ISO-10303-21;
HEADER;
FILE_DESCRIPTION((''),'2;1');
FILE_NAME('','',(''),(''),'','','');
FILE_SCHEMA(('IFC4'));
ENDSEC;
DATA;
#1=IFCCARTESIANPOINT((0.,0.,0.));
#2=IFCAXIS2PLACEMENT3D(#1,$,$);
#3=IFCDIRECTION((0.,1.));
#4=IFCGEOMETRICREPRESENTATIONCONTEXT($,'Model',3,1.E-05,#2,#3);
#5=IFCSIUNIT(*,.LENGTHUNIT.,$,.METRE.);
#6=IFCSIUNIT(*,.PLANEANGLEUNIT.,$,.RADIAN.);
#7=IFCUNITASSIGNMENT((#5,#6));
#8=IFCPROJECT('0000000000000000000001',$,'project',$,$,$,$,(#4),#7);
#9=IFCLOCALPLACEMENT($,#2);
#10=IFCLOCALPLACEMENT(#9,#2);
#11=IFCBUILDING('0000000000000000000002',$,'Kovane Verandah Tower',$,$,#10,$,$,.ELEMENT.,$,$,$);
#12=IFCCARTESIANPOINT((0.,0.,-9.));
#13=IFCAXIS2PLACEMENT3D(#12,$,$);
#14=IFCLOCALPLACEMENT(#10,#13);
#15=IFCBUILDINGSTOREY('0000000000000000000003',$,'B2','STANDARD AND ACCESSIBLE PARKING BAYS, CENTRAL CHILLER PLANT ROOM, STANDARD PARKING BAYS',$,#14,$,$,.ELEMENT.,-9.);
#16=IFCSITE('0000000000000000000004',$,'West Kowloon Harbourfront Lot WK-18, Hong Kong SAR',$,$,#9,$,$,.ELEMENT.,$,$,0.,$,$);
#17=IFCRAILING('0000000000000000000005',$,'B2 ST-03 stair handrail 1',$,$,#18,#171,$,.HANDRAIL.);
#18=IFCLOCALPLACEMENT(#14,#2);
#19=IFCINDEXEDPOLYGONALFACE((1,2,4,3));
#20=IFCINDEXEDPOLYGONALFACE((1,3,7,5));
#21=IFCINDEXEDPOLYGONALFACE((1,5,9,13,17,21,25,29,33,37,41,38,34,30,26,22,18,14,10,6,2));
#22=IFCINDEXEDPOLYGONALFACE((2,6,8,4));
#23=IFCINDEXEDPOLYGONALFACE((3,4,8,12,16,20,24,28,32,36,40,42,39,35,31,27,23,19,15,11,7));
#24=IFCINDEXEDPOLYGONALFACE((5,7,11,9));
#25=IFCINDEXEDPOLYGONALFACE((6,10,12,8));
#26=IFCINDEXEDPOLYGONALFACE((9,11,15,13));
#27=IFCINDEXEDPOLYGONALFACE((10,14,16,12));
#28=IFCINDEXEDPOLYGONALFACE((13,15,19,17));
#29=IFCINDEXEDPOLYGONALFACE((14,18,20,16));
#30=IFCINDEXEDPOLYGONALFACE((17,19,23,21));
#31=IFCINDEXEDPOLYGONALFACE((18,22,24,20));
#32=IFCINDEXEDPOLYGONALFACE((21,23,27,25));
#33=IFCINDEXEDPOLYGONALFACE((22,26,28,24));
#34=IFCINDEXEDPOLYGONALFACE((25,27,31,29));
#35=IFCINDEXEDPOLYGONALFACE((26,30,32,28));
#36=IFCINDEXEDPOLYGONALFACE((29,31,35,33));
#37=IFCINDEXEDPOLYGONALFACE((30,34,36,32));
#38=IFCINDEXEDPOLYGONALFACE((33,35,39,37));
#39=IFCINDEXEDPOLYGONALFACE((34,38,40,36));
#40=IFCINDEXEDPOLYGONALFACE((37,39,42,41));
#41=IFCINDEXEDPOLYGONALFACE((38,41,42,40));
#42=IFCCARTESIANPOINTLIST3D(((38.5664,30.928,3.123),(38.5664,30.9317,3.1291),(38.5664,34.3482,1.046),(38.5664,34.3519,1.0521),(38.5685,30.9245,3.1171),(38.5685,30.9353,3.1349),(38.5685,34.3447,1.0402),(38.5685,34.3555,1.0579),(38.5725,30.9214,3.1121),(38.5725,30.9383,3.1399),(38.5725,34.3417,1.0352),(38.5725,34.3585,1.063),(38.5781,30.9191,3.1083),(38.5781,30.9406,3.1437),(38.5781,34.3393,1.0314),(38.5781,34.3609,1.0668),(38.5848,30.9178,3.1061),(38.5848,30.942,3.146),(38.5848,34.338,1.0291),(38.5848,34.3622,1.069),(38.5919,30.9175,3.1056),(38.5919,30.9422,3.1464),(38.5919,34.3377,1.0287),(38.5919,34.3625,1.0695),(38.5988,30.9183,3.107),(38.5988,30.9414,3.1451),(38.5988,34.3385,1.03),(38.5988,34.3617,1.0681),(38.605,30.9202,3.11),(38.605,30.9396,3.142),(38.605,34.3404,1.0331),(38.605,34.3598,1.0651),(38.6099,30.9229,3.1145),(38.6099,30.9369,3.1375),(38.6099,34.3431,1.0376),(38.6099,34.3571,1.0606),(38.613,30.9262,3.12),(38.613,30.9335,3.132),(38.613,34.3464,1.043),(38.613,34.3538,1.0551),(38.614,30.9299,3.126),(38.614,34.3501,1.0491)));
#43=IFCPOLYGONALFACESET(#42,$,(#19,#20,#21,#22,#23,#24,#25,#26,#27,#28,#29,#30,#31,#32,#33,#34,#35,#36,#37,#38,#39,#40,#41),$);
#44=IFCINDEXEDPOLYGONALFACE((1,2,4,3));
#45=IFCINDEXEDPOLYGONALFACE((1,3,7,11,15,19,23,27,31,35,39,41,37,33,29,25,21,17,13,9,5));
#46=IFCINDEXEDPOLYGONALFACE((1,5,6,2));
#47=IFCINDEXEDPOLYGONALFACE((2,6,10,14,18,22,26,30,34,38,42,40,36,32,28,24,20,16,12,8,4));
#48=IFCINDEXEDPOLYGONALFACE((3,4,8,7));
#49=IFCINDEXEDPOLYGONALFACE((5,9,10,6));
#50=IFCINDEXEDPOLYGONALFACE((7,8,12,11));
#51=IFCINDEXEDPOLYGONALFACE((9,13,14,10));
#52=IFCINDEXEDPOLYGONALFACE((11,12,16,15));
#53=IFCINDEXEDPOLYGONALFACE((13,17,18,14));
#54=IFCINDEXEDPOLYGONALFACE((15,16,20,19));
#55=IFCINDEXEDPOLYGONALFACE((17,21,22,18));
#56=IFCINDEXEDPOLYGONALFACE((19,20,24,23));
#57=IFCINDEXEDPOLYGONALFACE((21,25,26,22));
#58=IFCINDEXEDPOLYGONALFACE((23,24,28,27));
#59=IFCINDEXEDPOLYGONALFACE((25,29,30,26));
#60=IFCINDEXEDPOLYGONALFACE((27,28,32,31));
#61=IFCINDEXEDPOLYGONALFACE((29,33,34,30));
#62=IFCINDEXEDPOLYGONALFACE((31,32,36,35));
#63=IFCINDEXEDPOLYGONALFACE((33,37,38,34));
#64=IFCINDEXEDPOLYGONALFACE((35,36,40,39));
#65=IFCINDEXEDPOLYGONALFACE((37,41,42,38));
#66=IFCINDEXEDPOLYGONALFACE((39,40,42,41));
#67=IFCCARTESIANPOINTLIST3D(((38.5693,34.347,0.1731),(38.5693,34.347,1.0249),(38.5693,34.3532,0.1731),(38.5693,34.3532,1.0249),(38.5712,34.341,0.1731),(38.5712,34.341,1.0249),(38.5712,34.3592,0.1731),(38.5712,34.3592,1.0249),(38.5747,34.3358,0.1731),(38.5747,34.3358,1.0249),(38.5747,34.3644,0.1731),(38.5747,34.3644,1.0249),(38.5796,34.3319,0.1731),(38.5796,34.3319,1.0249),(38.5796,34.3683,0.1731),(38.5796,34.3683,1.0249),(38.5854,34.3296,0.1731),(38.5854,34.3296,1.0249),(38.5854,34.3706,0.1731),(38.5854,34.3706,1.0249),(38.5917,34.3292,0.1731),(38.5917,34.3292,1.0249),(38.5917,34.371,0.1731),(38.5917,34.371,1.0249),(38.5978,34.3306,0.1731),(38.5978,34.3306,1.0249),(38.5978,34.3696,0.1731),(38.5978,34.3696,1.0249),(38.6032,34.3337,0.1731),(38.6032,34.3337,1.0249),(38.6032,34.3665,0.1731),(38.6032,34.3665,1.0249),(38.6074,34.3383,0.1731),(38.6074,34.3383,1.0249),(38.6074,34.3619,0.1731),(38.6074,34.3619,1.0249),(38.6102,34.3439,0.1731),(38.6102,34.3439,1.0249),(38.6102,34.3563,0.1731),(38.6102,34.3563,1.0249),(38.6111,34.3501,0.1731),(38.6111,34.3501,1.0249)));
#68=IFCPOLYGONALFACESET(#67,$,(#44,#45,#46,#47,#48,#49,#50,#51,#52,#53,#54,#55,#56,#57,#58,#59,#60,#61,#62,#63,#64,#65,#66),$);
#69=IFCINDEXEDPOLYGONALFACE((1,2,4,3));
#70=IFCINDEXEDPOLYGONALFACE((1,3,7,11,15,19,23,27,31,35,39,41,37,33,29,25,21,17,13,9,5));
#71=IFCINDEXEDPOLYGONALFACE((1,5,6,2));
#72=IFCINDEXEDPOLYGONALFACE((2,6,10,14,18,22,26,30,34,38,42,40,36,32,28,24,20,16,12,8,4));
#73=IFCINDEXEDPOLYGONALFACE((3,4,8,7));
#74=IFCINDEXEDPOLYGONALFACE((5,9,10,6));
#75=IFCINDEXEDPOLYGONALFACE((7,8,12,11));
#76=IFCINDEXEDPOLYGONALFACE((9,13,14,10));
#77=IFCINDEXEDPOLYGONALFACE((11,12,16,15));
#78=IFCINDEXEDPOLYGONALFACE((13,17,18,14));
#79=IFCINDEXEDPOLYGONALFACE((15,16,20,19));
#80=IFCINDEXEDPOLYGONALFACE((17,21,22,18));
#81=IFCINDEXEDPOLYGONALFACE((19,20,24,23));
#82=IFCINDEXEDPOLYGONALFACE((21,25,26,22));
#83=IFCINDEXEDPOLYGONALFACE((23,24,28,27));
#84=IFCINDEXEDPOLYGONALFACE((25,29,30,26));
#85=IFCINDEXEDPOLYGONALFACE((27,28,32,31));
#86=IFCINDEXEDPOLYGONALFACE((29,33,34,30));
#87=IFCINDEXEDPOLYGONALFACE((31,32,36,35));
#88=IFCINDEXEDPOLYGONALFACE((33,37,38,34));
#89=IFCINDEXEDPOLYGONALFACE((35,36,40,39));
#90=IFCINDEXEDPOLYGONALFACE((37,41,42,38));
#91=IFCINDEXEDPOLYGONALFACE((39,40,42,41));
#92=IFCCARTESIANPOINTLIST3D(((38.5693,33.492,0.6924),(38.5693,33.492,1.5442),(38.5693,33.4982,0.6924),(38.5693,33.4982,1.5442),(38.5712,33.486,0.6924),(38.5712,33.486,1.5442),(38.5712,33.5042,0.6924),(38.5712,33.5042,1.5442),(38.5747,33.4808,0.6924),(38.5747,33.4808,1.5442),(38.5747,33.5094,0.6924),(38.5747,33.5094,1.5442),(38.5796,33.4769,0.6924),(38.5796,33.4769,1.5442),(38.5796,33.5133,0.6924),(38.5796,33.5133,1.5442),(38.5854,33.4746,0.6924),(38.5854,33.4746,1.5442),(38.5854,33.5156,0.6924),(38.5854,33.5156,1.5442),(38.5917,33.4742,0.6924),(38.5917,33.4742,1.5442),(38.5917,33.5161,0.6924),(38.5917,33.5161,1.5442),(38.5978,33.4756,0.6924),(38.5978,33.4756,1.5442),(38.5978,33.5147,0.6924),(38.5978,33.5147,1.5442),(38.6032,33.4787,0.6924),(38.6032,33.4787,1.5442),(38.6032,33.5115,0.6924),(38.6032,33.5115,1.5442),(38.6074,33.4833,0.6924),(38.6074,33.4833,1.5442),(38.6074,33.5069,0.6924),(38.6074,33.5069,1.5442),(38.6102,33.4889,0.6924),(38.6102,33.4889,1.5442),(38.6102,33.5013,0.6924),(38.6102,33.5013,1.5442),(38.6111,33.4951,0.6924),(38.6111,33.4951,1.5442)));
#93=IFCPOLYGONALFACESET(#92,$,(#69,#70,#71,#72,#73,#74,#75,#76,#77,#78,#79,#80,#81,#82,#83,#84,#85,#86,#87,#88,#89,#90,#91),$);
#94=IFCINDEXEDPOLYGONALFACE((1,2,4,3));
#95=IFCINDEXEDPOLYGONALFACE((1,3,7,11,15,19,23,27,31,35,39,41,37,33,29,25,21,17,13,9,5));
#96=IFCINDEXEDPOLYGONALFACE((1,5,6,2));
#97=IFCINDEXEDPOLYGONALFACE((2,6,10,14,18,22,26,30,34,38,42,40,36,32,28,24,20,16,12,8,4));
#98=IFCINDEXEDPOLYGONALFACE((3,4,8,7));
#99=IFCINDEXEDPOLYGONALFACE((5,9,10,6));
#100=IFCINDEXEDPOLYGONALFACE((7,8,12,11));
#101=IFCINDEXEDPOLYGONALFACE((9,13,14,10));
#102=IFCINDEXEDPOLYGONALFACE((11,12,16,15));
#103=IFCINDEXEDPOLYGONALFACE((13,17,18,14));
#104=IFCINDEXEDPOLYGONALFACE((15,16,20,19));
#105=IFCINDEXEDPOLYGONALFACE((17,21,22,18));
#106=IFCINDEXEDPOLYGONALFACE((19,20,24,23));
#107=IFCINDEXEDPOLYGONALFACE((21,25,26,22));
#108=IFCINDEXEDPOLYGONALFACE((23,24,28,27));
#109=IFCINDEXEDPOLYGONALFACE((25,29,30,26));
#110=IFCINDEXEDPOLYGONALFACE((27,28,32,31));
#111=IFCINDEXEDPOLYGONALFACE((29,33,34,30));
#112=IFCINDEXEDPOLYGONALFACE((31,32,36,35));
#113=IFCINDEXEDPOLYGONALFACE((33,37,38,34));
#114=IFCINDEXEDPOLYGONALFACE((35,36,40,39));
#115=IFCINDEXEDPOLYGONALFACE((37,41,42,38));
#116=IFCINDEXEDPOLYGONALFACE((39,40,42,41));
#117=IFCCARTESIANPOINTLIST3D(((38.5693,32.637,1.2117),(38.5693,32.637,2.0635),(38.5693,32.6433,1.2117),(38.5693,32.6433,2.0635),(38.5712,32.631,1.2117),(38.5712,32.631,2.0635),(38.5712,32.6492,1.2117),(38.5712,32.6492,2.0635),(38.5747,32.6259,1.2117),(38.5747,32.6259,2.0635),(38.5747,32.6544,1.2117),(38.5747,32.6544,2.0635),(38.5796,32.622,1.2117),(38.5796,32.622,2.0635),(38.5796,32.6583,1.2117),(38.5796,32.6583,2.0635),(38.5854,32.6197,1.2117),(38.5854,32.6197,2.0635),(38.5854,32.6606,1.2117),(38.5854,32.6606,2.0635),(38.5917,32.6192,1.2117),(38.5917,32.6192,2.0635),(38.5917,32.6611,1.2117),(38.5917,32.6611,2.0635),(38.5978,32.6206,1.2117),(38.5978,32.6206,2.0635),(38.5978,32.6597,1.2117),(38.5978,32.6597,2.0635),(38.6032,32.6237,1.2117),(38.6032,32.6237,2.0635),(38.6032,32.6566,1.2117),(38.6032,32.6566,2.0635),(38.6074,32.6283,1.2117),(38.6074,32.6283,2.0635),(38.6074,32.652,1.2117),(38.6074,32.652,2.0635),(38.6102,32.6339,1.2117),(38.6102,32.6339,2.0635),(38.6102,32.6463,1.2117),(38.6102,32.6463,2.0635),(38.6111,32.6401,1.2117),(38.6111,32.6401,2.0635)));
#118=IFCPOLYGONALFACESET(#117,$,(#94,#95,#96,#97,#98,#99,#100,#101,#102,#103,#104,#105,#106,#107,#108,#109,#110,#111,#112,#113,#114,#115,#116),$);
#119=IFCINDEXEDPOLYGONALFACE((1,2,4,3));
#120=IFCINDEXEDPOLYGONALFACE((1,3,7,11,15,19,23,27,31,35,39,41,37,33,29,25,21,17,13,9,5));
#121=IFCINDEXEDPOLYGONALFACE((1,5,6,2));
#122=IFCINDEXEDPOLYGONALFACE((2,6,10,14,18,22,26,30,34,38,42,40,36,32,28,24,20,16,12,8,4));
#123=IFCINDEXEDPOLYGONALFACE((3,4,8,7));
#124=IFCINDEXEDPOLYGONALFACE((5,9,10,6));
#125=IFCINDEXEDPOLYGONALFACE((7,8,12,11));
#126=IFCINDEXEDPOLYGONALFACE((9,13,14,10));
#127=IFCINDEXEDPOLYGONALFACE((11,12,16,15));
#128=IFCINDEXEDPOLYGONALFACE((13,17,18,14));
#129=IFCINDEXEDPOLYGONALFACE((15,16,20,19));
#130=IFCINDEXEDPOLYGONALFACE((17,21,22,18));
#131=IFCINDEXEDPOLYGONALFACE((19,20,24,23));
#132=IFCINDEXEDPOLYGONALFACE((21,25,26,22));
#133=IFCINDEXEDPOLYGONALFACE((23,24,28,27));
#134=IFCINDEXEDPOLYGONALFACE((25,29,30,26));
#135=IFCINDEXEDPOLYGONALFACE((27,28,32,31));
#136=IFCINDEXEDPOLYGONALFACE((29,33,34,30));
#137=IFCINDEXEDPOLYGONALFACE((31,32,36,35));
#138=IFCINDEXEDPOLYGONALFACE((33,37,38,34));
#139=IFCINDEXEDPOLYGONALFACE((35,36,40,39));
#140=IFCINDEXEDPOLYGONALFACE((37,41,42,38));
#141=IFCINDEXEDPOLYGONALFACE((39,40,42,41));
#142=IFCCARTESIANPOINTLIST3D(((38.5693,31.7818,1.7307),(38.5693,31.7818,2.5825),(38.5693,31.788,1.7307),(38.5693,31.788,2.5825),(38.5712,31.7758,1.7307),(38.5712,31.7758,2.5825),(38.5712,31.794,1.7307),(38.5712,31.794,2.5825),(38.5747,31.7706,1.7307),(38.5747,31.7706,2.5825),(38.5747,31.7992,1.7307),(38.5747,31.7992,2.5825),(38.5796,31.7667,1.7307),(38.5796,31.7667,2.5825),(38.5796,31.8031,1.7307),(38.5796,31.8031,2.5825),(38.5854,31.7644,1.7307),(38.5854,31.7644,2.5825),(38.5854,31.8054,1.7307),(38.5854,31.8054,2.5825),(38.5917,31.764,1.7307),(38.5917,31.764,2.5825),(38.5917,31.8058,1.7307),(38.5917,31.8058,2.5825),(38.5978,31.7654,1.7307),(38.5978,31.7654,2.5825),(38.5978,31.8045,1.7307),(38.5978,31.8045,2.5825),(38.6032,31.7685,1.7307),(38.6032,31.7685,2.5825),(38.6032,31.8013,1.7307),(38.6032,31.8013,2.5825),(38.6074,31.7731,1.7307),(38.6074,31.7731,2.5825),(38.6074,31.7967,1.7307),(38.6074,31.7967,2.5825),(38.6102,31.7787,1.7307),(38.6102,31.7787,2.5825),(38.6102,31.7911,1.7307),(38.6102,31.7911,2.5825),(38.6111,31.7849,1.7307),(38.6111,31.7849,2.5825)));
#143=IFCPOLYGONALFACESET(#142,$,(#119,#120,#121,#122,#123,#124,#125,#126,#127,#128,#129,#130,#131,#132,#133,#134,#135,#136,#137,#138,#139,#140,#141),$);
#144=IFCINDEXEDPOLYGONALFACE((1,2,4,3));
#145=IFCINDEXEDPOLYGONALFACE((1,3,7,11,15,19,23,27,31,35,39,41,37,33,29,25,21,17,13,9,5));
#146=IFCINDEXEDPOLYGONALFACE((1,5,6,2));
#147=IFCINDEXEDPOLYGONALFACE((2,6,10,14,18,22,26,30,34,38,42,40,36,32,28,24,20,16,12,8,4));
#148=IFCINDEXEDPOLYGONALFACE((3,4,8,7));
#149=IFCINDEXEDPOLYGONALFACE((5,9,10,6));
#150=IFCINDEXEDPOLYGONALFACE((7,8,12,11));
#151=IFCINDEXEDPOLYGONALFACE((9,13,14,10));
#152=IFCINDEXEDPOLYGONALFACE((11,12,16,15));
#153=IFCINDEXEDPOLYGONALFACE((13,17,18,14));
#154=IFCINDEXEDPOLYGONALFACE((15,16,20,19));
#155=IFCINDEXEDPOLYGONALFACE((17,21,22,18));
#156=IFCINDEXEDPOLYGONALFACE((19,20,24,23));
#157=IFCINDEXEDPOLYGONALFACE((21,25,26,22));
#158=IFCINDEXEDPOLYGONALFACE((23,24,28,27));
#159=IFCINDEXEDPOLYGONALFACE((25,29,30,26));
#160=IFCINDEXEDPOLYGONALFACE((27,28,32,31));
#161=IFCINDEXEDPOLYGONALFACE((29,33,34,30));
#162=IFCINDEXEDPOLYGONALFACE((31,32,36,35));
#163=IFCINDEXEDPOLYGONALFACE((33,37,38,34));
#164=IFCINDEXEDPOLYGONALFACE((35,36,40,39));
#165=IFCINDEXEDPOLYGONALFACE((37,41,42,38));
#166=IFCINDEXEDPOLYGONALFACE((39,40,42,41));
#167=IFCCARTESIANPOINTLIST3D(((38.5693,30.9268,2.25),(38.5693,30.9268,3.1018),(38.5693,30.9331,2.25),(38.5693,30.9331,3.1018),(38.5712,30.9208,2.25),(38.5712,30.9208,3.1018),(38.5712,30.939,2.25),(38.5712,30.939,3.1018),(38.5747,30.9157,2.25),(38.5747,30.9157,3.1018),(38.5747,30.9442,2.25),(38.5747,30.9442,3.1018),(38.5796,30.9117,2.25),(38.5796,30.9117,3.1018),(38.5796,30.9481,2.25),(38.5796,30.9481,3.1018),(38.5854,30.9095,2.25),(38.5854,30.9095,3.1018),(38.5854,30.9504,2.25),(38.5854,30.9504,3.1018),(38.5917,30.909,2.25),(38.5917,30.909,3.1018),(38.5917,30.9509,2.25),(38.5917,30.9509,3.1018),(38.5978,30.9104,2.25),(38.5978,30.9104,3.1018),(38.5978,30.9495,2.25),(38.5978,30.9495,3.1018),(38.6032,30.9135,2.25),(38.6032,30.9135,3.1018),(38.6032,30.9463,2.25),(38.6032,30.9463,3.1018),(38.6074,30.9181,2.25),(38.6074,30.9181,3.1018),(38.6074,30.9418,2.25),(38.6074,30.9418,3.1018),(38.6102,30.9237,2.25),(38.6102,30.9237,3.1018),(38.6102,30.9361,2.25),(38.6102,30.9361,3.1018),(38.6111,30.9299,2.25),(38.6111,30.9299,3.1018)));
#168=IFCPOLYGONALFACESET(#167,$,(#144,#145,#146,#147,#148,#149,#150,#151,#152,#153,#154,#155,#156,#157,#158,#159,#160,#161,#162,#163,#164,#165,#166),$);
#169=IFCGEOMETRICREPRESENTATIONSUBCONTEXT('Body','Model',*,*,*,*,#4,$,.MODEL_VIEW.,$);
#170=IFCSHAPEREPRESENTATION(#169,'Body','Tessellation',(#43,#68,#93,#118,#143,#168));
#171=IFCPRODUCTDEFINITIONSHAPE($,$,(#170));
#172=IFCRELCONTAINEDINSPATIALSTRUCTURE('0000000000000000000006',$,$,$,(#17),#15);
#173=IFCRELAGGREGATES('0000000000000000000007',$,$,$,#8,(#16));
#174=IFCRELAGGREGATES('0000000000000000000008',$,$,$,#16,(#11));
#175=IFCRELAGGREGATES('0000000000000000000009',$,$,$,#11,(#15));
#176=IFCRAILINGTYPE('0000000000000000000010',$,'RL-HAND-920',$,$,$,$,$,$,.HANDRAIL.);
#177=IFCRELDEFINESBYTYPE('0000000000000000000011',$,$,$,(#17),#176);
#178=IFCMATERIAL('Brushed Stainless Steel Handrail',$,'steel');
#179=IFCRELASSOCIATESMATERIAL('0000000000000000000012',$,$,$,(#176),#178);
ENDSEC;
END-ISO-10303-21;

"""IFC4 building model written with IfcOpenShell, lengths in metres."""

from ifc_helpers import new_model, si_unit, direction, frame, origin, origin_2d, place, context, subcontext, project, spatial, circle, extrude, material, type_object, element, save


model = new_model("IFC4")

# Units and contexts
model_context = context("Model", 3, precision=1e-05, world=origin(), true_north=direction((0.0, 1.0)))
body_context = subcontext(model_context, "Body", "Model", "MODEL_VIEW")
ifc_project = project(units=[si_unit("LENGTHUNIT", "METRE"), si_unit("PLANEANGLEUNIT", "RADIAN")], contexts=[model_context])

# Site, building, storey
site_placement = place(None, origin())
site = spatial("IfcSite", under=ifc_project, at=site_placement, Name="West Kowloon Harbourfront Lot WK-18, Hong Kong SAR", CompositionType="ELEMENT", RefElevation=0.0)
building_placement = place(site_placement, origin())
building = spatial("IfcBuilding", under=site, at=building_placement, Name="Kovane Verandah Tower", CompositionType="ELEMENT")
storey_placement = place(building_placement, frame((0.0, 0.0, -9.0)))
storey = spatial("IfcBuildingStorey", under=building, at=storey_placement, Name="B2", Description="STANDARD AND ACCESSIBLE PARKING BAYS, CENTRAL CHILLER PLANT ROOM, STANDARD PARKING BAYS", CompositionType="ELEMENT", Elevation=-9.0)

# Railing
ifc_material_1 = material(Name="Brushed Stainless Steel Handrail", Category="steel")
railing_type_1 = type_object("IfcRailingType", Name="RL-HAND-920", PredefinedType="HANDRAIL", material=ifc_material_1)
railing_1_placement = place(storey_placement, frame((38.5901, 34.3501, 0.1731)))
element("IfcRailing", 1, at=railing_1_placement, inside=storey, type_object=railing_type_1, Name="B2 ST-03 stair handrail 1", PredefinedType="HANDRAIL", context=body_context, shape_type="SweptSolid", body=[
    extrude(circle(Radius=0.0239, at=origin_2d()), frame((0.0, 0.0, 0.876), z_axis=(0.0, -0.854746, 0.519047), x_axis=(1.0, 0.0, 0.0)), (0.0, 0.0, 1.0), 4.0015),
    extrude(circle(Radius=0.021, at=origin_2d()), origin(), (0.0, 0.0, 1.0), 0.8518),
    extrude(circle(Radius=0.021, at=origin_2d()), frame((0.0, -0.855, 0.5193)), (0.0, 0.0, 1.0), 0.8518),
    extrude(circle(Radius=0.021, at=origin_2d()), frame((0.0, -1.71, 1.0386)), (0.0, 0.0, 1.0), 0.8518),
    extrude(circle(Radius=0.021, at=origin_2d()), frame((0.0, -2.5652, 1.5576)), (0.0, 0.0, 1.0), 0.8518),
    extrude(circle(Radius=0.021, at=origin_2d()), frame((0.0, -3.4202, 2.0769)), (0.0, 0.0, 1.0), 0.8518),
])

save(model, "model.ifc")
